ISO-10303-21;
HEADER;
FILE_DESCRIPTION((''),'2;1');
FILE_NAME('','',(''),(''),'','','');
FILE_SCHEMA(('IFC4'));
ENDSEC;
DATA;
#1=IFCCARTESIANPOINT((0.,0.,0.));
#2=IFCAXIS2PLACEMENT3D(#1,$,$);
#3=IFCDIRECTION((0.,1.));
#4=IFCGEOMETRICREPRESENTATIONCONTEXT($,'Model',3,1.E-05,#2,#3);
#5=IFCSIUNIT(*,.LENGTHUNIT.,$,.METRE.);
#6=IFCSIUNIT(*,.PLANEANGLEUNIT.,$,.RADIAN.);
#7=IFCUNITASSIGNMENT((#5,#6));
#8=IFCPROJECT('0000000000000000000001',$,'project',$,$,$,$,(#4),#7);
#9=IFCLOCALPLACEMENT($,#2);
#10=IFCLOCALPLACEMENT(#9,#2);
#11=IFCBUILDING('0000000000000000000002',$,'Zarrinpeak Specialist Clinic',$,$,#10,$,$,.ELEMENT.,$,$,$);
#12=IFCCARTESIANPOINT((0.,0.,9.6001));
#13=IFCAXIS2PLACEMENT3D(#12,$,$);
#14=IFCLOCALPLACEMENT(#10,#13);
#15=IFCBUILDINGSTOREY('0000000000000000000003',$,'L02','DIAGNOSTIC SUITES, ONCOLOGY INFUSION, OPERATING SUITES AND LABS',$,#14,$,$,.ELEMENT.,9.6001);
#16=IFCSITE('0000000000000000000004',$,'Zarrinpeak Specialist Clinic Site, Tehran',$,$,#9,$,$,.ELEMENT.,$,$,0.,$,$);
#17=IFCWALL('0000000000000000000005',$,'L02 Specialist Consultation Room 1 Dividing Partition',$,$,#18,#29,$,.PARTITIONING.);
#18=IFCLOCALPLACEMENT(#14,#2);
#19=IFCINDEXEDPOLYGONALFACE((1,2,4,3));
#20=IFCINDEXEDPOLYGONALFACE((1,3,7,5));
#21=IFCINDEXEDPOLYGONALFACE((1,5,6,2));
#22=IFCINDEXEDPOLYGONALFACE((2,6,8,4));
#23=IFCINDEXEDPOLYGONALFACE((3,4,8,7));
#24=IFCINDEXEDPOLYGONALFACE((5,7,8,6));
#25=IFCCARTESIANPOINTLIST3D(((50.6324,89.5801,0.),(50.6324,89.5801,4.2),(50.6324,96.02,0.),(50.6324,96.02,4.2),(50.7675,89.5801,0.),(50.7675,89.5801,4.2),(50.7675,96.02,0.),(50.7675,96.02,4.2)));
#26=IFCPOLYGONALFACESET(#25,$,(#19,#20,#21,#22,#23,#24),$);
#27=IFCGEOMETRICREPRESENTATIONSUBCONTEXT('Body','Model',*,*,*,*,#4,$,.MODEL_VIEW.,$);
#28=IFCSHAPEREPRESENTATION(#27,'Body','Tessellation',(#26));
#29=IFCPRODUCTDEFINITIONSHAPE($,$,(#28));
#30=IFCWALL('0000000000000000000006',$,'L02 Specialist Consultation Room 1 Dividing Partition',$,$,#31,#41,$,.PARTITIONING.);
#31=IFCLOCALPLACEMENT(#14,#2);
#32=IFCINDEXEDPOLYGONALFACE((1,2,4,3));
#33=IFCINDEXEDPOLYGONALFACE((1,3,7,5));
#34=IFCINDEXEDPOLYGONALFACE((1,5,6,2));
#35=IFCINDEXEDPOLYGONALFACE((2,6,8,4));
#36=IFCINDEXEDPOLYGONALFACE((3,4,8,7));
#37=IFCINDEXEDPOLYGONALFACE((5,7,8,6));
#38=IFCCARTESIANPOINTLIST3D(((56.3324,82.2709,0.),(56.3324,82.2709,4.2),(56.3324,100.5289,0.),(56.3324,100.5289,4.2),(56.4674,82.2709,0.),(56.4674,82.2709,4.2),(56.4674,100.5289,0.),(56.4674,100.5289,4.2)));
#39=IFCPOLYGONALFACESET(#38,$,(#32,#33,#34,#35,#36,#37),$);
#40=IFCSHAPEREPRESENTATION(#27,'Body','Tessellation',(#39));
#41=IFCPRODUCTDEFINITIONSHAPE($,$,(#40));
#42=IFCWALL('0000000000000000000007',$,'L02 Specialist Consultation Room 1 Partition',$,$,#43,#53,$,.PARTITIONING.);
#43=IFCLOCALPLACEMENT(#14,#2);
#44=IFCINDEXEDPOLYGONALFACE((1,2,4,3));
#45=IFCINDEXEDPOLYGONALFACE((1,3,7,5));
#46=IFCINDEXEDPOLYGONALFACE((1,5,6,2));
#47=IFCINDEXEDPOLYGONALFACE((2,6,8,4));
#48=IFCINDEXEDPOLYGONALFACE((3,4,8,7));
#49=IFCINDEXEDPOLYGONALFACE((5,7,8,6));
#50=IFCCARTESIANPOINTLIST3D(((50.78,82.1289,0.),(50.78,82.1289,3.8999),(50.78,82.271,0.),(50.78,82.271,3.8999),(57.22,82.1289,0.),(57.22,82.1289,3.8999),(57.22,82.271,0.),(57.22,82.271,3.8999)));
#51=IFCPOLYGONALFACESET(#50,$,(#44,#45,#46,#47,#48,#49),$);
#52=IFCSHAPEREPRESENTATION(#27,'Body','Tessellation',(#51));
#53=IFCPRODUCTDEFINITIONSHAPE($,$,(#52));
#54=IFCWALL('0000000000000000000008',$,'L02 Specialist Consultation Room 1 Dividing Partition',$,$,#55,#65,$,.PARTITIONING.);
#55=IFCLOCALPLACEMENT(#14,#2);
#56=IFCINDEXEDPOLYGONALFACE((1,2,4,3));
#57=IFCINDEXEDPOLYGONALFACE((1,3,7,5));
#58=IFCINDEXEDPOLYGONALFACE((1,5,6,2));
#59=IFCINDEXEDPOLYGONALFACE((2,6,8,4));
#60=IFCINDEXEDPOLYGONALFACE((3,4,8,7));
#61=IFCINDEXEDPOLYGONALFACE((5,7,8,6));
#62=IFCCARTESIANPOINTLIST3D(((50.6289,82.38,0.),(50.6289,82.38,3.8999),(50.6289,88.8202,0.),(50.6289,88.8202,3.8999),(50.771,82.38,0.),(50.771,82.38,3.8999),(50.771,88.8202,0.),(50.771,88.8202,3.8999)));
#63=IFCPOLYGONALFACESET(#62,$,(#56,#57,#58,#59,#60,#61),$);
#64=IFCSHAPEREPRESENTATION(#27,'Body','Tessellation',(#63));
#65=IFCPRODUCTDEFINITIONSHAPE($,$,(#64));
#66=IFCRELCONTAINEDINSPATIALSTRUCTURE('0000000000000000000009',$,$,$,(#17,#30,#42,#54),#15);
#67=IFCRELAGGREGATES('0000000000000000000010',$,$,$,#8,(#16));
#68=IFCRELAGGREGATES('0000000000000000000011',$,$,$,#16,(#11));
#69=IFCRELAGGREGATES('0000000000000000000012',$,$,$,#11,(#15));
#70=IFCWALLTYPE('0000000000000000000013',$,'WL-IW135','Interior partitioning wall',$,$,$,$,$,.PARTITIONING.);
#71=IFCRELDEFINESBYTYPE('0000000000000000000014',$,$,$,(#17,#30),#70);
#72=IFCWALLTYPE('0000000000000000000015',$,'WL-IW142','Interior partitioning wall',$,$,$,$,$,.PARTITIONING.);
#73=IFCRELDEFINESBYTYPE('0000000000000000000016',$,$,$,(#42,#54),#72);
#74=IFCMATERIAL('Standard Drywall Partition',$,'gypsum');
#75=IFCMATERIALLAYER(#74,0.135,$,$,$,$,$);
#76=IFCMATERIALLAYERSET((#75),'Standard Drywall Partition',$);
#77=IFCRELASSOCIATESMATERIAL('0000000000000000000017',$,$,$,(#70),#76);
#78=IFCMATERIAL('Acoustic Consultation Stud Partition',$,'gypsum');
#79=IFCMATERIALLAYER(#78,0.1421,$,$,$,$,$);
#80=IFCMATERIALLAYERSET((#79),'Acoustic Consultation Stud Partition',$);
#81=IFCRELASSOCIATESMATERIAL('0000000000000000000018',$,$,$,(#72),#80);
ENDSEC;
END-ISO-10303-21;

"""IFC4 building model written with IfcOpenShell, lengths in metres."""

from ifc_helpers import new_model, si_unit, direction, frame, frame_2d, origin, place, context, subcontext, project, spatial, rectangle, extrude, material, layer, layer_set, type_object, element, save


model = new_model("IFC4")

# Units and contexts
model_context = context("Model", 3, precision=1e-05, world=origin(), true_north=direction((0.0, 1.0)))
body_context = subcontext(model_context, "Body", "Model", "MODEL_VIEW")
ifc_project = project(units=[si_unit("LENGTHUNIT", "METRE"), si_unit("PLANEANGLEUNIT", "RADIAN")], contexts=[model_context])

# Site, building, storey
site_placement = place(None, origin())
site = spatial("IfcSite", under=ifc_project, at=site_placement, Name="Zarrinpeak Specialist Clinic Site, Tehran", CompositionType="ELEMENT", RefElevation=0.0)
building_placement = place(site_placement, origin())
building = spatial("IfcBuilding", under=site, at=building_placement, Name="Zarrinpeak Specialist Clinic", CompositionType="ELEMENT")
storey_placement = place(building_placement, frame((0.0, 0.0, 9.6001)))
storey = spatial("IfcBuildingStorey", under=building, at=storey_placement, Name="L02", Description="DIAGNOSTIC SUITES, ONCOLOGY INFUSION, OPERATING SUITES AND LABS", CompositionType="ELEMENT", Elevation=9.6001)

# Walls
ifc_material_1 = material(Name="Standard Drywall Partition", Category="gypsum")
ifc_layer_1 = layer(ifc_material_1, 0.135)
ifc_layer_set_1 = layer_set([ifc_layer_1], Name="Standard Drywall Partition")
wall_type_1 = type_object("IfcWallType", Name="WL-IW135", Description="Interior partitioning wall", PredefinedType="PARTITIONING", material=ifc_layer_set_1)
wall_1_placement = place(storey_placement, frame((50.7, 89.5801, 0.0), z_axis=(0.0, 0.0, 1.0), x_axis=(0.0, 1.0, 0.0)))
element("IfcWall", 1, at=wall_1_placement, inside=storey, type_object=wall_type_1, Name="L02 Specialist Consultation Room 1 Dividing Partition", PredefinedType="PARTITIONING", context=body_context, shape_type="SweptSolid", body=[
    extrude(rectangle(XDim=6.4399, YDim=0.135, at=frame_2d((3.22, 0.0))), origin(), (0.0, 0.0, 1.0), 4.2),
])
wall_2_placement = place(storey_placement, frame((56.3999, 82.271, 0.0), z_axis=(0.0, 0.0, 1.0), x_axis=(0.0, 1.0, 0.0)))
element("IfcWall", 2, at=wall_2_placement, inside=storey, type_object=wall_type_1, Name="L02 Specialist Consultation Room 1 Dividing Partition", PredefinedType="PARTITIONING", context=body_context, shape_type="SweptSolid", body=[
    extrude(rectangle(XDim=18.2581, YDim=0.135, at=frame_2d((9.1289, 0.0))), origin(), (0.0, 0.0, 1.0), 4.2),
])
ifc_material_2 = material(Name="Acoustic Consultation Stud Partition", Category="gypsum")
ifc_layer_2 = layer(ifc_material_2, 0.1421)
ifc_layer_set_2 = layer_set([ifc_layer_2], Name="Acoustic Consultation Stud Partition")
wall_type_2 = type_object("IfcWallType", Name="WL-IW142", Description="Interior partitioning wall", PredefinedType="PARTITIONING", material=ifc_layer_set_2)
wall_3_placement = place(storey_placement, frame((50.78, 82.2, 0.0), z_axis=(0.0, 0.0, 1.0), x_axis=(1.0, 0.0, 0.0)))
element("IfcWall", 3, at=wall_3_placement, inside=storey, type_object=wall_type_2, Name="L02 Specialist Consultation Room 1 Partition", PredefinedType="PARTITIONING", context=body_context, shape_type="SweptSolid", body=[
    extrude(rectangle(XDim=6.4399, YDim=0.1421, at=frame_2d((3.22, 0.0))), origin(), (0.0, 0.0, 1.0), 3.8999),
])
wall_4_placement = place(storey_placement, frame((50.7, 82.3799, 0.0), z_axis=(0.0, 0.0, 1.0), x_axis=(0.0, 1.0, 0.0)))
element("IfcWall", 4, at=wall_4_placement, inside=storey, type_object=wall_type_2, Name="L02 Specialist Consultation Room 1 Dividing Partition", PredefinedType="PARTITIONING", context=body_context, shape_type="SweptSolid", body=[
    extrude(rectangle(XDim=6.4402, YDim=0.1421, at=frame_2d((3.2202, 0.0))), origin(), (0.0, 0.0, 1.0), 3.8999),
])

save(model, "model.ifc")
